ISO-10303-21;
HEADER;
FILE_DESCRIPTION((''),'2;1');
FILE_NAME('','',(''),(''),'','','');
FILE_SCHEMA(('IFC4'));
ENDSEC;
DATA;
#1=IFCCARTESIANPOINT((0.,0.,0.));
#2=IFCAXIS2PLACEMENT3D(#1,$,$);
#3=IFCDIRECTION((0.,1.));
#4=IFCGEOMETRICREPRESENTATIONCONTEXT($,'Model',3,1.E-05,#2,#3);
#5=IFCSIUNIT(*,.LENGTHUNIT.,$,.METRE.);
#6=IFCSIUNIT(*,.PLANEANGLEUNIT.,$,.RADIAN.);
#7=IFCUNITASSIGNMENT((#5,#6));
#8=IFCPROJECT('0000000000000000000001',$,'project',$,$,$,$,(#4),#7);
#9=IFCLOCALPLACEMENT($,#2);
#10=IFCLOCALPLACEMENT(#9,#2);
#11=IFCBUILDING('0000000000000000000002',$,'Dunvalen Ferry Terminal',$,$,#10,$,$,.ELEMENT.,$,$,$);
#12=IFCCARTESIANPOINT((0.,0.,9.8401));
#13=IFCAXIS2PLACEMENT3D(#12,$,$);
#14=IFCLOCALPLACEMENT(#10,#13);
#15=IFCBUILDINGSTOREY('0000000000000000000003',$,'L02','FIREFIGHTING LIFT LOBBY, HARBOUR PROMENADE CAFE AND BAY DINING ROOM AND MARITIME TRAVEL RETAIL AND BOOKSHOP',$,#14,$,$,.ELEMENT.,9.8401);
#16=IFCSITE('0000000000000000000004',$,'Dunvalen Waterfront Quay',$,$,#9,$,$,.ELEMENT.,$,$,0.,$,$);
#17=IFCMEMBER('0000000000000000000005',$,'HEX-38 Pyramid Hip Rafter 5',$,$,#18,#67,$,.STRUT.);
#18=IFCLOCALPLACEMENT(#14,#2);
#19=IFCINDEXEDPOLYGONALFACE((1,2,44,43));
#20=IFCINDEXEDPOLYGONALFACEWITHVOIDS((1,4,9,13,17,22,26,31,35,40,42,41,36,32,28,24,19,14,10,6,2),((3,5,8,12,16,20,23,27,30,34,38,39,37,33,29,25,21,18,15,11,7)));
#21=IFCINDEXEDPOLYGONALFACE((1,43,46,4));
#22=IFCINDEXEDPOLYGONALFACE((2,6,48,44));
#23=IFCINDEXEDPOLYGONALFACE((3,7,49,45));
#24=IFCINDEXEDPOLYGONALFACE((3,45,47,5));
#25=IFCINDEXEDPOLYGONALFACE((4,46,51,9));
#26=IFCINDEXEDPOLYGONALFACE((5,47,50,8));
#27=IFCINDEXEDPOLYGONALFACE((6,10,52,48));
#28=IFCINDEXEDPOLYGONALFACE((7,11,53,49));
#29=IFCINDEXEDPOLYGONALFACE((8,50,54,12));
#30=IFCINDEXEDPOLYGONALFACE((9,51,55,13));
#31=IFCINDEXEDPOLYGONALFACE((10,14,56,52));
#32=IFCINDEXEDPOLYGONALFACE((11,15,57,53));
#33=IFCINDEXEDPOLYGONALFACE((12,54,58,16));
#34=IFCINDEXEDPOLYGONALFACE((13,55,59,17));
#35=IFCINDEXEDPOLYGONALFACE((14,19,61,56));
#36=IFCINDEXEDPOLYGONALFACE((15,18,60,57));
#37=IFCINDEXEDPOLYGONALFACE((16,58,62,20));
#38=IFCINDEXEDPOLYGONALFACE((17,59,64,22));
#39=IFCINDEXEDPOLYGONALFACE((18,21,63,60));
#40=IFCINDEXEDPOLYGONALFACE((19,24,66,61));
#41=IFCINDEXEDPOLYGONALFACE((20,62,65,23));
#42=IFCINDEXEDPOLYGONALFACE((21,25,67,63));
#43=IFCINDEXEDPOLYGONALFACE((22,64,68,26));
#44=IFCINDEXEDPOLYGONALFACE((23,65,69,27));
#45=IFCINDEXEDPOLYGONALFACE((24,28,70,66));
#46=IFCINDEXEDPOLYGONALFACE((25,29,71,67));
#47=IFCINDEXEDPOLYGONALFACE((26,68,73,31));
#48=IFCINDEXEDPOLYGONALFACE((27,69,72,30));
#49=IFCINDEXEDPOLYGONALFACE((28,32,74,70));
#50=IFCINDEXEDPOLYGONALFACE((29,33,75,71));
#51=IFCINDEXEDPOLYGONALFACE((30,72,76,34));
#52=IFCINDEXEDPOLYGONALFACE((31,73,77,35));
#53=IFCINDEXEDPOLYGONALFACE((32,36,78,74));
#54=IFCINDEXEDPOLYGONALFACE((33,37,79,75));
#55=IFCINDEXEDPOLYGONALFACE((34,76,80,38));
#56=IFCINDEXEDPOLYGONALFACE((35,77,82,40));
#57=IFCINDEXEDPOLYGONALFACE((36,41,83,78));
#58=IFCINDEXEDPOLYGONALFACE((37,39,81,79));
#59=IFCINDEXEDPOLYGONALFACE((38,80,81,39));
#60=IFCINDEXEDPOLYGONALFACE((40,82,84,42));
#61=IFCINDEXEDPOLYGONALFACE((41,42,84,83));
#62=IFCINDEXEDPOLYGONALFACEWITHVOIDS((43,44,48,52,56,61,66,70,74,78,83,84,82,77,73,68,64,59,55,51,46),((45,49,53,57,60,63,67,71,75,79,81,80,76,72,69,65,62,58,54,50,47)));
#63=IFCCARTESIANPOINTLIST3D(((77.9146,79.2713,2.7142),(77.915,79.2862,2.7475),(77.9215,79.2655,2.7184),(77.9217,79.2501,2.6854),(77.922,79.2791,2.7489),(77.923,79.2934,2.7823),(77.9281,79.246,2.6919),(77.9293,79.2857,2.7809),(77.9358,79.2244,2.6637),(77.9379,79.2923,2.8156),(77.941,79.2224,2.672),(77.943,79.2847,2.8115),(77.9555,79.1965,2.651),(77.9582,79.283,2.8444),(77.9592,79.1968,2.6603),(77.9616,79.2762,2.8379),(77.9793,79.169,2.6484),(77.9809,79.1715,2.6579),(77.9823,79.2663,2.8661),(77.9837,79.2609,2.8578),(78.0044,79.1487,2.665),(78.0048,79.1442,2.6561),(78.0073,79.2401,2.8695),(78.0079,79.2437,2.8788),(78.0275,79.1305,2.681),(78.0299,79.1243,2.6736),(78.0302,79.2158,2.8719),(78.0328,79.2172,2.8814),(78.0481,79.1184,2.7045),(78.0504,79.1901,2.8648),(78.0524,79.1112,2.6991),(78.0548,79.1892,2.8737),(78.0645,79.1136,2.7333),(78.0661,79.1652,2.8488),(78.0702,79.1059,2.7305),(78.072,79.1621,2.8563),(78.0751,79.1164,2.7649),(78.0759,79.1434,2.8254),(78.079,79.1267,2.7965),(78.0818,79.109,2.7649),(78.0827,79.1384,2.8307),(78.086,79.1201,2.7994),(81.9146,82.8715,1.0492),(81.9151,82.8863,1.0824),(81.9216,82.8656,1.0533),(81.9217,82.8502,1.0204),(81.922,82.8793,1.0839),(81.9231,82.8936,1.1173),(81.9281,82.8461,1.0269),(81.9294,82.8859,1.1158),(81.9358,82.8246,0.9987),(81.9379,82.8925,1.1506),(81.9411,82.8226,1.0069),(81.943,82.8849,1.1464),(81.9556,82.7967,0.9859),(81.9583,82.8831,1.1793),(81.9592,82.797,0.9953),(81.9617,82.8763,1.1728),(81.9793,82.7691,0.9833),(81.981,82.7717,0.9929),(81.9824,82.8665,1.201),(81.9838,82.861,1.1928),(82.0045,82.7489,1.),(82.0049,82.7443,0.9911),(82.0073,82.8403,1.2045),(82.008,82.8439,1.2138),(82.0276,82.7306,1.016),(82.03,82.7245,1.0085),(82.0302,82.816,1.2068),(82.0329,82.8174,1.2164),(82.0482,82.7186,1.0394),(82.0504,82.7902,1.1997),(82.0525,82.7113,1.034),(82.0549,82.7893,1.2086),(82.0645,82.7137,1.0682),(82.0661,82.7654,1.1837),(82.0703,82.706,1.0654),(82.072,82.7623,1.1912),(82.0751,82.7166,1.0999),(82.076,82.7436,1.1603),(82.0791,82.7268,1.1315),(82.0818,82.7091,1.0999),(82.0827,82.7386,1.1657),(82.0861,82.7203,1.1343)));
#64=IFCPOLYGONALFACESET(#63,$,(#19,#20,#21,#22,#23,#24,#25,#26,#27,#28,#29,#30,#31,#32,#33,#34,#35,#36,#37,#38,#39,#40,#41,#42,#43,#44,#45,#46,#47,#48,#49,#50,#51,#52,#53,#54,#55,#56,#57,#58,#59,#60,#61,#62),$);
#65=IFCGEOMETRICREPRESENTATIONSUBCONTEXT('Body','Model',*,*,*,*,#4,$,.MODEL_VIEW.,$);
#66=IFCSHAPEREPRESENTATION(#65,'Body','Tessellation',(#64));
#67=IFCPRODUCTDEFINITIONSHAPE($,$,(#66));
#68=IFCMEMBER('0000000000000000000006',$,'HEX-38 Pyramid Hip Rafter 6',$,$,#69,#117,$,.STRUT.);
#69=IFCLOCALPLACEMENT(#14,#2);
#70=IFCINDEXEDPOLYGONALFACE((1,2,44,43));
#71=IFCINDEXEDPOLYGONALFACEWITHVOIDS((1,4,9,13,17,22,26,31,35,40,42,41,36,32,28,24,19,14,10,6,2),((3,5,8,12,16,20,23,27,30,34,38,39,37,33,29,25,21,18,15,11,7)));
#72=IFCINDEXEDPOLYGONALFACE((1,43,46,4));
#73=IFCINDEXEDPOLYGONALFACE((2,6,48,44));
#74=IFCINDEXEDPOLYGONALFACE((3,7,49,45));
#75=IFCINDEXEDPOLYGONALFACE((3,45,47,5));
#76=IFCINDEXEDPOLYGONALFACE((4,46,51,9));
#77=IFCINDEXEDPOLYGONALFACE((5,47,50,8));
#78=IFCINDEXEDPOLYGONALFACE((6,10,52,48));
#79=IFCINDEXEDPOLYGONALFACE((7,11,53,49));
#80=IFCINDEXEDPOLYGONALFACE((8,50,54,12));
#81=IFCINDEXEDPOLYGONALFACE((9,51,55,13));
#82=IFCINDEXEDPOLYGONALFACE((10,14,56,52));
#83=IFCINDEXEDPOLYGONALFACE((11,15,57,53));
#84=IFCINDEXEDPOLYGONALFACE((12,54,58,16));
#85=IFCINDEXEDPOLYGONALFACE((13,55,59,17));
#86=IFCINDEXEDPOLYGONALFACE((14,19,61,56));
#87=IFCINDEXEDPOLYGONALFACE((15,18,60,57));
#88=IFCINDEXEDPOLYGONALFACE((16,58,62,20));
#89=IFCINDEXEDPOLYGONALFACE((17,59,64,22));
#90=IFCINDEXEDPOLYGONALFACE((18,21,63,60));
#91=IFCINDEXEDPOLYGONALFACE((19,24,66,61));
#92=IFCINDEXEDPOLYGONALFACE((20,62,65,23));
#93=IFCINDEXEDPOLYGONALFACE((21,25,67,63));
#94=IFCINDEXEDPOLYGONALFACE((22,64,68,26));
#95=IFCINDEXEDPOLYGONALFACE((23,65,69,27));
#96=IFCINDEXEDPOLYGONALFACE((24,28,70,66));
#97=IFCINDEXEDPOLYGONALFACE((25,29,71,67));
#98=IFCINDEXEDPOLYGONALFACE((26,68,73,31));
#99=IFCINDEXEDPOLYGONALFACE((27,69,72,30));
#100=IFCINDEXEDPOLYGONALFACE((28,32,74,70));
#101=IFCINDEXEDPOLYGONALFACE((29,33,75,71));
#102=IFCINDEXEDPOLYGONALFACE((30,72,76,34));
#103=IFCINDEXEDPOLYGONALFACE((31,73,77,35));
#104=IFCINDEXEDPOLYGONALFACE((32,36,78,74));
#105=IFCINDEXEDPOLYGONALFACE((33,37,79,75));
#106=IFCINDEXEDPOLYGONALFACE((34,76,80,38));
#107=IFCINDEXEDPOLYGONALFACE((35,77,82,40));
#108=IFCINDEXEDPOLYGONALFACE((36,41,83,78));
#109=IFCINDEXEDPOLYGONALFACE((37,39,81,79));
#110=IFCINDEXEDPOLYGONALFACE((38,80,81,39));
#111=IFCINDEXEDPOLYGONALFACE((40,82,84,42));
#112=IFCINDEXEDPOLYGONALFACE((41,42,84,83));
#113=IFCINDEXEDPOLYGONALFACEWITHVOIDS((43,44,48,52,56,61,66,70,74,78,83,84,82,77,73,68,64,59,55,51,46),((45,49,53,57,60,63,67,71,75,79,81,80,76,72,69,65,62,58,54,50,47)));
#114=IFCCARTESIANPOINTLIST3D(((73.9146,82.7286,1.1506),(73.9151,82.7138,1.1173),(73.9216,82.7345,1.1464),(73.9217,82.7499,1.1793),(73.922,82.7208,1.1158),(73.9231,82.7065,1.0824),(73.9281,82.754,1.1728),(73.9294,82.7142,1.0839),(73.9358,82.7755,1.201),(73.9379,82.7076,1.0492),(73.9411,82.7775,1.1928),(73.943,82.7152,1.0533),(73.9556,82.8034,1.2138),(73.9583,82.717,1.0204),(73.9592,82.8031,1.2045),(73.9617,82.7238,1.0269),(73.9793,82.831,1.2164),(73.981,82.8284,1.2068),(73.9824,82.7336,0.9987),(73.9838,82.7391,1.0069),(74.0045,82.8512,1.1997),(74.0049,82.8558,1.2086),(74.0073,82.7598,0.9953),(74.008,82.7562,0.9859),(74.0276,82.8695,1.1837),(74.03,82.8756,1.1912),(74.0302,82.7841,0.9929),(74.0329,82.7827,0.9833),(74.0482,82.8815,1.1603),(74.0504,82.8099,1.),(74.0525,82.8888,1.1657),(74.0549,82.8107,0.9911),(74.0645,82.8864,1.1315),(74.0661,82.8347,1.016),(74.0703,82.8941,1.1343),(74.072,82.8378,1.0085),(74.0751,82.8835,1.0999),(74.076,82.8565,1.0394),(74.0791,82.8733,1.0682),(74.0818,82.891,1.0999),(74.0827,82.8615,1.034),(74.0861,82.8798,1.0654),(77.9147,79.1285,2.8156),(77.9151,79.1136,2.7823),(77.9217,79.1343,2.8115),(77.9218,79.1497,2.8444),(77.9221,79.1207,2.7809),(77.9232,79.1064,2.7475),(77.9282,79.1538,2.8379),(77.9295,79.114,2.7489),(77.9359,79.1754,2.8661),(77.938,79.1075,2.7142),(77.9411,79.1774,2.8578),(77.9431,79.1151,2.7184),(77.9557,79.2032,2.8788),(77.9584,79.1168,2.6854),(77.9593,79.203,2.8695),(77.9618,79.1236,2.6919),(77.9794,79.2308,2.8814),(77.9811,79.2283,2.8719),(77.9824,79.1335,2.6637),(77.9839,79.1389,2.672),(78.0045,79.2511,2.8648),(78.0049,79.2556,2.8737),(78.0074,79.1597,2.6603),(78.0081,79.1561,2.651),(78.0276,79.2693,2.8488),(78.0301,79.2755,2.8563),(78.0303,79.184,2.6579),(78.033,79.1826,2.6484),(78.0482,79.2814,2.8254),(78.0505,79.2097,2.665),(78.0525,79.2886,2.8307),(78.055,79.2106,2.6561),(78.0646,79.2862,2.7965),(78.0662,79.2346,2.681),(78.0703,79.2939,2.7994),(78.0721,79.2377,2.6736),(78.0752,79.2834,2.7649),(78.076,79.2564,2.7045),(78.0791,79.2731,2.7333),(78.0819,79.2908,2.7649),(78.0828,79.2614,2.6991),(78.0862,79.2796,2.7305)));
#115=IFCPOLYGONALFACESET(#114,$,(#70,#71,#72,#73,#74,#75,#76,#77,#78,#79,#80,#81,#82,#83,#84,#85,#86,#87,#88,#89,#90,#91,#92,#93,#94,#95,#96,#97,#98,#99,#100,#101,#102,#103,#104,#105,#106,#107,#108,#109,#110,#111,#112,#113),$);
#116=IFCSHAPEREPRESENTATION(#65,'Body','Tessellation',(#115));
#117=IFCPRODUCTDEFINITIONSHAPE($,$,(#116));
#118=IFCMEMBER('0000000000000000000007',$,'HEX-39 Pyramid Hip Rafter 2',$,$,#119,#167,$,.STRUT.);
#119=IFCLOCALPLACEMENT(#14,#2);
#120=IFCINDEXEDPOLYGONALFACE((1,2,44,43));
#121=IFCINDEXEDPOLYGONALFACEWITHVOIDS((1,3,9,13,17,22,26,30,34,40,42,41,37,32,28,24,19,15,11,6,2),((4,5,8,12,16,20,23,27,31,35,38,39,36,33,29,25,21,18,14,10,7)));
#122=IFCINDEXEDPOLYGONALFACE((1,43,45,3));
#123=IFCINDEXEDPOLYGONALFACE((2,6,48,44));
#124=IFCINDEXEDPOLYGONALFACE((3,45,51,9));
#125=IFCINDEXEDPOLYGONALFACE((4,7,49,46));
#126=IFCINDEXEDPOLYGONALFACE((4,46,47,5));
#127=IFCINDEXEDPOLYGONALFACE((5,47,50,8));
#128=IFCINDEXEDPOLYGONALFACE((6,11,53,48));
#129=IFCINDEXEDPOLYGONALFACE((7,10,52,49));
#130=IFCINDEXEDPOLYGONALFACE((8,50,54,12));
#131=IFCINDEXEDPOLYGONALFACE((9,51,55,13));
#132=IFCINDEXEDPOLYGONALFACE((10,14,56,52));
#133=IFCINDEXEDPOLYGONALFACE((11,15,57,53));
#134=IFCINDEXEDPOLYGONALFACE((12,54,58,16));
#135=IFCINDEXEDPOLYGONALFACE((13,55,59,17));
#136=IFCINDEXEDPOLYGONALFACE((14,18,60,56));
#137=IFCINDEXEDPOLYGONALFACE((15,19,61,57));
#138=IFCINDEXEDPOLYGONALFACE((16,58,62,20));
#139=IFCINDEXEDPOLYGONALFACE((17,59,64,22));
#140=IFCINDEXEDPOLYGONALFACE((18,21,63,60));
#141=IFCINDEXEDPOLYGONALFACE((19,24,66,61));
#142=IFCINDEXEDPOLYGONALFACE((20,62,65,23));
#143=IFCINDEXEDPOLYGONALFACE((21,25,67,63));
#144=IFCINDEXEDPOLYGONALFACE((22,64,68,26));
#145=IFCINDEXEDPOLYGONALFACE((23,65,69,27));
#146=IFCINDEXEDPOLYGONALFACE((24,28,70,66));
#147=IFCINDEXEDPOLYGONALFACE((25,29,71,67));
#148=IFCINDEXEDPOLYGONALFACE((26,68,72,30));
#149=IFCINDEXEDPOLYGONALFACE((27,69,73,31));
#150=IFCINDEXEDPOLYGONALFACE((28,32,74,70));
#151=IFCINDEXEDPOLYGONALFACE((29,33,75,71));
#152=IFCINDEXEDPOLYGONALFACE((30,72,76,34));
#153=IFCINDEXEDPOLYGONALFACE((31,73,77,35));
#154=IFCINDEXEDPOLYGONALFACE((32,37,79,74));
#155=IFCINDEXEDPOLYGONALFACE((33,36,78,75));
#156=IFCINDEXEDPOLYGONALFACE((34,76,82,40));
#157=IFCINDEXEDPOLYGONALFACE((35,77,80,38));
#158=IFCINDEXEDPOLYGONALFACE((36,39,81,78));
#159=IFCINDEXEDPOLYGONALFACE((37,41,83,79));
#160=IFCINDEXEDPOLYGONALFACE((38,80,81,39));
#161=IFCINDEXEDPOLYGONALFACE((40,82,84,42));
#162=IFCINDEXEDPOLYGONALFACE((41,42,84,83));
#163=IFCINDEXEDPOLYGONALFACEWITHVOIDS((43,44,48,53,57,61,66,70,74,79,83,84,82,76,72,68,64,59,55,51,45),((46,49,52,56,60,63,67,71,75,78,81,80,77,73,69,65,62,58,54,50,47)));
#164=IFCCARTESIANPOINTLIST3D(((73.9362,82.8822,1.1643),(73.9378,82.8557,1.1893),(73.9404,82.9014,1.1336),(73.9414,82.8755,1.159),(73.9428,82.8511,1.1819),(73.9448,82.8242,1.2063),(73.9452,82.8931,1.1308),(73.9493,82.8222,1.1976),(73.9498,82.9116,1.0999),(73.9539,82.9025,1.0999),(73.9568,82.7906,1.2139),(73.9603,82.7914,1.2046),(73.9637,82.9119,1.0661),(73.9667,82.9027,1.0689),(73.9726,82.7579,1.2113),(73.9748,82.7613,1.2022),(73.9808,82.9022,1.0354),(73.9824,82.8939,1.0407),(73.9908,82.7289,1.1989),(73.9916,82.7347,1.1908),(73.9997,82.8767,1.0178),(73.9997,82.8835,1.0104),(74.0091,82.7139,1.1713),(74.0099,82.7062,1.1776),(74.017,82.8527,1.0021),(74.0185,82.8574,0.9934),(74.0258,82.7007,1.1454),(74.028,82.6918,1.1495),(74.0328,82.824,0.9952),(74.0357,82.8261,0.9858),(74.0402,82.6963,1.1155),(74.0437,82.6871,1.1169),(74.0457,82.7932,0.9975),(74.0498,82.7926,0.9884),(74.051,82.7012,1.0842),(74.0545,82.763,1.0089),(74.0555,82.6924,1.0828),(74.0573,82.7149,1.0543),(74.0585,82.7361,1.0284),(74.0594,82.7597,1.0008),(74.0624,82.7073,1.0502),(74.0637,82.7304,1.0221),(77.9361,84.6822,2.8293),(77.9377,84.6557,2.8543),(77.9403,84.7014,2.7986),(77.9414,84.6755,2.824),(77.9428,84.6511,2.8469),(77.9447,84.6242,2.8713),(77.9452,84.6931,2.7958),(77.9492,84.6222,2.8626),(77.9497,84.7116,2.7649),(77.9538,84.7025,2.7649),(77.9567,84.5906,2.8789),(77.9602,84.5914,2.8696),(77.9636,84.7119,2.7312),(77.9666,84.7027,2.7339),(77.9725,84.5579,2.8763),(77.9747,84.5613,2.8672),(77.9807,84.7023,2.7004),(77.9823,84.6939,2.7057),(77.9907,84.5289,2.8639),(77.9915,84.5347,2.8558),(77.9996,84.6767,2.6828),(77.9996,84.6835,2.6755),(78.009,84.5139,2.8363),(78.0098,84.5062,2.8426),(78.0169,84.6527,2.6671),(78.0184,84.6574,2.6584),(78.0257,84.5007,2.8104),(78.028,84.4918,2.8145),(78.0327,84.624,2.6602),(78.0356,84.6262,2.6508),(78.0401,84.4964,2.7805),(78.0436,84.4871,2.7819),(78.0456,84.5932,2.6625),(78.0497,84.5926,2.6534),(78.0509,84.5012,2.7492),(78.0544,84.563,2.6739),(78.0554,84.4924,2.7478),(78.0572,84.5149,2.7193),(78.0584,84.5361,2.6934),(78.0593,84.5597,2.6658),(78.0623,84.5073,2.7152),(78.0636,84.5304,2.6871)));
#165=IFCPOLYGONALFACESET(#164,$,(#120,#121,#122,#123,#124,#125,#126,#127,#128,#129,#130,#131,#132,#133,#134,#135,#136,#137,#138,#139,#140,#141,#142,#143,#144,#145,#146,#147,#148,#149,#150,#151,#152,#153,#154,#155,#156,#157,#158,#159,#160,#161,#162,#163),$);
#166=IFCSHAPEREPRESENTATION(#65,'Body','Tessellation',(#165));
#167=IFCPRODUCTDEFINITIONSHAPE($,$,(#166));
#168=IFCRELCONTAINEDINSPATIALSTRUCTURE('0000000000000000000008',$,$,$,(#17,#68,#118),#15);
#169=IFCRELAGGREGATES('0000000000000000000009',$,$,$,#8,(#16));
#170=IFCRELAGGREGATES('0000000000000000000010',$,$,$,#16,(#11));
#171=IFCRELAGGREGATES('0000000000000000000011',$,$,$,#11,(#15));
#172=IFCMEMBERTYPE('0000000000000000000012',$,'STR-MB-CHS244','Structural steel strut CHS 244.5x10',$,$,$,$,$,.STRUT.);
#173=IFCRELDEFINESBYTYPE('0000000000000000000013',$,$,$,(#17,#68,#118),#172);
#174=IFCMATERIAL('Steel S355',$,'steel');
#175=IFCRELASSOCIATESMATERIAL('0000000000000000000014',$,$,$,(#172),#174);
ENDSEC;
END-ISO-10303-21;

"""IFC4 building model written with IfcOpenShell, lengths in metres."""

from ifc_helpers import new_model, si_unit, direction, frame, origin, origin_2d, place, context, subcontext, project, spatial, hollow_circle, extrude, material, material_profile, profile_set, type_object, element, save


model = new_model("IFC4")

# Units and contexts
model_context = context("Model", 3, precision=1e-05, world=origin(), true_north=direction((0.0, 1.0)))
body_context = subcontext(model_context, "Body", "Model", "MODEL_VIEW")
ifc_project = project(units=[si_unit("LENGTHUNIT", "METRE"), si_unit("PLANEANGLEUNIT", "RADIAN")], contexts=[model_context])

# Site, building, storey
site_placement = place(None, origin())
site = spatial("IfcSite", under=ifc_project, at=site_placement, Name="Dunvalen Waterfront Quay", CompositionType="ELEMENT", RefElevation=0.0)
building_placement = place(site_placement, origin())
building = spatial("IfcBuilding", under=site, at=building_placement, Name="Dunvalen Ferry Terminal", CompositionType="ELEMENT")
storey_placement = place(building_placement, frame((0.0, 0.0, 9.8401)))
storey = spatial("IfcBuildingStorey", under=building, at=storey_placement, Name="L02", Description="FIREFIGHTING LIFT LOBBY, HARBOUR PROMENADE CAFE AND BAY DINING ROOM AND MARITIME TRAVEL RETAIL AND BOOKSHOP", CompositionType="ELEMENT", Elevation=9.8401)

# Shared definitions
ifc_material_1 = material(Name="Steel S355", Category="steel")

# Members
ifc_material_profile_1 = material_profile(ifc_material_1, hollow_circle(Radius=0.1223, WallThickness=0.01, at=origin_2d()), Name="Steel S355")
ifc_profile_set_1 = profile_set([ifc_material_profile_1], Name="Steel S355")
member_type_1 = type_object("IfcMemberType", Name="STR-MB-CHS244", Description="Structural steel strut CHS 244.5x10", PredefinedType="STRUT", material=ifc_profile_set_1)
for number, where, z_axis, x_axis, name in (
    (1, (82.0, 82.8, 1.0999), (-0.710075, -0.639085, 0.295576), (0.668975, -0.743285, 0.0), "HEX-38 Pyramid Hip Rafter 5"),
    (2, (74.0, 82.8, 1.0999), (0.710075, -0.639085, 0.295576), (0.668975, 0.743285, 0.0), "HEX-38 Pyramid Hip Rafter 6"),
):
    element("IfcMember", number, at=place(storey_placement, frame(where, z_axis=z_axis, x_axis=x_axis)), inside=storey, type_object=member_type_1, Name=name, PredefinedType="STRUT", context=body_context, shape_type="SweptSolid", body=[
        extrude(hollow_circle(Radius=0.1223, WallThickness=0.01, at=origin_2d()), origin(), (0.0, 0.0, 1.0), 5.6333),
    ])
for number, where, z_axis, x_axis, name in (
    (3, (74.0, 82.8, 1.0999), (0.85256, 0.383662, 0.354886), (-0.410374, 0.911917, 0.0), "HEX-39 Pyramid Hip Rafter 2"),
):
    element("IfcMember", number, at=place(storey_placement, frame(where, z_axis=z_axis, x_axis=x_axis)), inside=storey, type_object=member_type_1, Name=name, PredefinedType="STRUT", context=body_context, shape_type="SweptSolid", body=[
        extrude(hollow_circle(Radius=0.1223, WallThickness=0.01, at=origin_2d()), origin(), (0.0, 0.0, 1.0), 4.6917),
    ])

save(model, "model.ifc")
